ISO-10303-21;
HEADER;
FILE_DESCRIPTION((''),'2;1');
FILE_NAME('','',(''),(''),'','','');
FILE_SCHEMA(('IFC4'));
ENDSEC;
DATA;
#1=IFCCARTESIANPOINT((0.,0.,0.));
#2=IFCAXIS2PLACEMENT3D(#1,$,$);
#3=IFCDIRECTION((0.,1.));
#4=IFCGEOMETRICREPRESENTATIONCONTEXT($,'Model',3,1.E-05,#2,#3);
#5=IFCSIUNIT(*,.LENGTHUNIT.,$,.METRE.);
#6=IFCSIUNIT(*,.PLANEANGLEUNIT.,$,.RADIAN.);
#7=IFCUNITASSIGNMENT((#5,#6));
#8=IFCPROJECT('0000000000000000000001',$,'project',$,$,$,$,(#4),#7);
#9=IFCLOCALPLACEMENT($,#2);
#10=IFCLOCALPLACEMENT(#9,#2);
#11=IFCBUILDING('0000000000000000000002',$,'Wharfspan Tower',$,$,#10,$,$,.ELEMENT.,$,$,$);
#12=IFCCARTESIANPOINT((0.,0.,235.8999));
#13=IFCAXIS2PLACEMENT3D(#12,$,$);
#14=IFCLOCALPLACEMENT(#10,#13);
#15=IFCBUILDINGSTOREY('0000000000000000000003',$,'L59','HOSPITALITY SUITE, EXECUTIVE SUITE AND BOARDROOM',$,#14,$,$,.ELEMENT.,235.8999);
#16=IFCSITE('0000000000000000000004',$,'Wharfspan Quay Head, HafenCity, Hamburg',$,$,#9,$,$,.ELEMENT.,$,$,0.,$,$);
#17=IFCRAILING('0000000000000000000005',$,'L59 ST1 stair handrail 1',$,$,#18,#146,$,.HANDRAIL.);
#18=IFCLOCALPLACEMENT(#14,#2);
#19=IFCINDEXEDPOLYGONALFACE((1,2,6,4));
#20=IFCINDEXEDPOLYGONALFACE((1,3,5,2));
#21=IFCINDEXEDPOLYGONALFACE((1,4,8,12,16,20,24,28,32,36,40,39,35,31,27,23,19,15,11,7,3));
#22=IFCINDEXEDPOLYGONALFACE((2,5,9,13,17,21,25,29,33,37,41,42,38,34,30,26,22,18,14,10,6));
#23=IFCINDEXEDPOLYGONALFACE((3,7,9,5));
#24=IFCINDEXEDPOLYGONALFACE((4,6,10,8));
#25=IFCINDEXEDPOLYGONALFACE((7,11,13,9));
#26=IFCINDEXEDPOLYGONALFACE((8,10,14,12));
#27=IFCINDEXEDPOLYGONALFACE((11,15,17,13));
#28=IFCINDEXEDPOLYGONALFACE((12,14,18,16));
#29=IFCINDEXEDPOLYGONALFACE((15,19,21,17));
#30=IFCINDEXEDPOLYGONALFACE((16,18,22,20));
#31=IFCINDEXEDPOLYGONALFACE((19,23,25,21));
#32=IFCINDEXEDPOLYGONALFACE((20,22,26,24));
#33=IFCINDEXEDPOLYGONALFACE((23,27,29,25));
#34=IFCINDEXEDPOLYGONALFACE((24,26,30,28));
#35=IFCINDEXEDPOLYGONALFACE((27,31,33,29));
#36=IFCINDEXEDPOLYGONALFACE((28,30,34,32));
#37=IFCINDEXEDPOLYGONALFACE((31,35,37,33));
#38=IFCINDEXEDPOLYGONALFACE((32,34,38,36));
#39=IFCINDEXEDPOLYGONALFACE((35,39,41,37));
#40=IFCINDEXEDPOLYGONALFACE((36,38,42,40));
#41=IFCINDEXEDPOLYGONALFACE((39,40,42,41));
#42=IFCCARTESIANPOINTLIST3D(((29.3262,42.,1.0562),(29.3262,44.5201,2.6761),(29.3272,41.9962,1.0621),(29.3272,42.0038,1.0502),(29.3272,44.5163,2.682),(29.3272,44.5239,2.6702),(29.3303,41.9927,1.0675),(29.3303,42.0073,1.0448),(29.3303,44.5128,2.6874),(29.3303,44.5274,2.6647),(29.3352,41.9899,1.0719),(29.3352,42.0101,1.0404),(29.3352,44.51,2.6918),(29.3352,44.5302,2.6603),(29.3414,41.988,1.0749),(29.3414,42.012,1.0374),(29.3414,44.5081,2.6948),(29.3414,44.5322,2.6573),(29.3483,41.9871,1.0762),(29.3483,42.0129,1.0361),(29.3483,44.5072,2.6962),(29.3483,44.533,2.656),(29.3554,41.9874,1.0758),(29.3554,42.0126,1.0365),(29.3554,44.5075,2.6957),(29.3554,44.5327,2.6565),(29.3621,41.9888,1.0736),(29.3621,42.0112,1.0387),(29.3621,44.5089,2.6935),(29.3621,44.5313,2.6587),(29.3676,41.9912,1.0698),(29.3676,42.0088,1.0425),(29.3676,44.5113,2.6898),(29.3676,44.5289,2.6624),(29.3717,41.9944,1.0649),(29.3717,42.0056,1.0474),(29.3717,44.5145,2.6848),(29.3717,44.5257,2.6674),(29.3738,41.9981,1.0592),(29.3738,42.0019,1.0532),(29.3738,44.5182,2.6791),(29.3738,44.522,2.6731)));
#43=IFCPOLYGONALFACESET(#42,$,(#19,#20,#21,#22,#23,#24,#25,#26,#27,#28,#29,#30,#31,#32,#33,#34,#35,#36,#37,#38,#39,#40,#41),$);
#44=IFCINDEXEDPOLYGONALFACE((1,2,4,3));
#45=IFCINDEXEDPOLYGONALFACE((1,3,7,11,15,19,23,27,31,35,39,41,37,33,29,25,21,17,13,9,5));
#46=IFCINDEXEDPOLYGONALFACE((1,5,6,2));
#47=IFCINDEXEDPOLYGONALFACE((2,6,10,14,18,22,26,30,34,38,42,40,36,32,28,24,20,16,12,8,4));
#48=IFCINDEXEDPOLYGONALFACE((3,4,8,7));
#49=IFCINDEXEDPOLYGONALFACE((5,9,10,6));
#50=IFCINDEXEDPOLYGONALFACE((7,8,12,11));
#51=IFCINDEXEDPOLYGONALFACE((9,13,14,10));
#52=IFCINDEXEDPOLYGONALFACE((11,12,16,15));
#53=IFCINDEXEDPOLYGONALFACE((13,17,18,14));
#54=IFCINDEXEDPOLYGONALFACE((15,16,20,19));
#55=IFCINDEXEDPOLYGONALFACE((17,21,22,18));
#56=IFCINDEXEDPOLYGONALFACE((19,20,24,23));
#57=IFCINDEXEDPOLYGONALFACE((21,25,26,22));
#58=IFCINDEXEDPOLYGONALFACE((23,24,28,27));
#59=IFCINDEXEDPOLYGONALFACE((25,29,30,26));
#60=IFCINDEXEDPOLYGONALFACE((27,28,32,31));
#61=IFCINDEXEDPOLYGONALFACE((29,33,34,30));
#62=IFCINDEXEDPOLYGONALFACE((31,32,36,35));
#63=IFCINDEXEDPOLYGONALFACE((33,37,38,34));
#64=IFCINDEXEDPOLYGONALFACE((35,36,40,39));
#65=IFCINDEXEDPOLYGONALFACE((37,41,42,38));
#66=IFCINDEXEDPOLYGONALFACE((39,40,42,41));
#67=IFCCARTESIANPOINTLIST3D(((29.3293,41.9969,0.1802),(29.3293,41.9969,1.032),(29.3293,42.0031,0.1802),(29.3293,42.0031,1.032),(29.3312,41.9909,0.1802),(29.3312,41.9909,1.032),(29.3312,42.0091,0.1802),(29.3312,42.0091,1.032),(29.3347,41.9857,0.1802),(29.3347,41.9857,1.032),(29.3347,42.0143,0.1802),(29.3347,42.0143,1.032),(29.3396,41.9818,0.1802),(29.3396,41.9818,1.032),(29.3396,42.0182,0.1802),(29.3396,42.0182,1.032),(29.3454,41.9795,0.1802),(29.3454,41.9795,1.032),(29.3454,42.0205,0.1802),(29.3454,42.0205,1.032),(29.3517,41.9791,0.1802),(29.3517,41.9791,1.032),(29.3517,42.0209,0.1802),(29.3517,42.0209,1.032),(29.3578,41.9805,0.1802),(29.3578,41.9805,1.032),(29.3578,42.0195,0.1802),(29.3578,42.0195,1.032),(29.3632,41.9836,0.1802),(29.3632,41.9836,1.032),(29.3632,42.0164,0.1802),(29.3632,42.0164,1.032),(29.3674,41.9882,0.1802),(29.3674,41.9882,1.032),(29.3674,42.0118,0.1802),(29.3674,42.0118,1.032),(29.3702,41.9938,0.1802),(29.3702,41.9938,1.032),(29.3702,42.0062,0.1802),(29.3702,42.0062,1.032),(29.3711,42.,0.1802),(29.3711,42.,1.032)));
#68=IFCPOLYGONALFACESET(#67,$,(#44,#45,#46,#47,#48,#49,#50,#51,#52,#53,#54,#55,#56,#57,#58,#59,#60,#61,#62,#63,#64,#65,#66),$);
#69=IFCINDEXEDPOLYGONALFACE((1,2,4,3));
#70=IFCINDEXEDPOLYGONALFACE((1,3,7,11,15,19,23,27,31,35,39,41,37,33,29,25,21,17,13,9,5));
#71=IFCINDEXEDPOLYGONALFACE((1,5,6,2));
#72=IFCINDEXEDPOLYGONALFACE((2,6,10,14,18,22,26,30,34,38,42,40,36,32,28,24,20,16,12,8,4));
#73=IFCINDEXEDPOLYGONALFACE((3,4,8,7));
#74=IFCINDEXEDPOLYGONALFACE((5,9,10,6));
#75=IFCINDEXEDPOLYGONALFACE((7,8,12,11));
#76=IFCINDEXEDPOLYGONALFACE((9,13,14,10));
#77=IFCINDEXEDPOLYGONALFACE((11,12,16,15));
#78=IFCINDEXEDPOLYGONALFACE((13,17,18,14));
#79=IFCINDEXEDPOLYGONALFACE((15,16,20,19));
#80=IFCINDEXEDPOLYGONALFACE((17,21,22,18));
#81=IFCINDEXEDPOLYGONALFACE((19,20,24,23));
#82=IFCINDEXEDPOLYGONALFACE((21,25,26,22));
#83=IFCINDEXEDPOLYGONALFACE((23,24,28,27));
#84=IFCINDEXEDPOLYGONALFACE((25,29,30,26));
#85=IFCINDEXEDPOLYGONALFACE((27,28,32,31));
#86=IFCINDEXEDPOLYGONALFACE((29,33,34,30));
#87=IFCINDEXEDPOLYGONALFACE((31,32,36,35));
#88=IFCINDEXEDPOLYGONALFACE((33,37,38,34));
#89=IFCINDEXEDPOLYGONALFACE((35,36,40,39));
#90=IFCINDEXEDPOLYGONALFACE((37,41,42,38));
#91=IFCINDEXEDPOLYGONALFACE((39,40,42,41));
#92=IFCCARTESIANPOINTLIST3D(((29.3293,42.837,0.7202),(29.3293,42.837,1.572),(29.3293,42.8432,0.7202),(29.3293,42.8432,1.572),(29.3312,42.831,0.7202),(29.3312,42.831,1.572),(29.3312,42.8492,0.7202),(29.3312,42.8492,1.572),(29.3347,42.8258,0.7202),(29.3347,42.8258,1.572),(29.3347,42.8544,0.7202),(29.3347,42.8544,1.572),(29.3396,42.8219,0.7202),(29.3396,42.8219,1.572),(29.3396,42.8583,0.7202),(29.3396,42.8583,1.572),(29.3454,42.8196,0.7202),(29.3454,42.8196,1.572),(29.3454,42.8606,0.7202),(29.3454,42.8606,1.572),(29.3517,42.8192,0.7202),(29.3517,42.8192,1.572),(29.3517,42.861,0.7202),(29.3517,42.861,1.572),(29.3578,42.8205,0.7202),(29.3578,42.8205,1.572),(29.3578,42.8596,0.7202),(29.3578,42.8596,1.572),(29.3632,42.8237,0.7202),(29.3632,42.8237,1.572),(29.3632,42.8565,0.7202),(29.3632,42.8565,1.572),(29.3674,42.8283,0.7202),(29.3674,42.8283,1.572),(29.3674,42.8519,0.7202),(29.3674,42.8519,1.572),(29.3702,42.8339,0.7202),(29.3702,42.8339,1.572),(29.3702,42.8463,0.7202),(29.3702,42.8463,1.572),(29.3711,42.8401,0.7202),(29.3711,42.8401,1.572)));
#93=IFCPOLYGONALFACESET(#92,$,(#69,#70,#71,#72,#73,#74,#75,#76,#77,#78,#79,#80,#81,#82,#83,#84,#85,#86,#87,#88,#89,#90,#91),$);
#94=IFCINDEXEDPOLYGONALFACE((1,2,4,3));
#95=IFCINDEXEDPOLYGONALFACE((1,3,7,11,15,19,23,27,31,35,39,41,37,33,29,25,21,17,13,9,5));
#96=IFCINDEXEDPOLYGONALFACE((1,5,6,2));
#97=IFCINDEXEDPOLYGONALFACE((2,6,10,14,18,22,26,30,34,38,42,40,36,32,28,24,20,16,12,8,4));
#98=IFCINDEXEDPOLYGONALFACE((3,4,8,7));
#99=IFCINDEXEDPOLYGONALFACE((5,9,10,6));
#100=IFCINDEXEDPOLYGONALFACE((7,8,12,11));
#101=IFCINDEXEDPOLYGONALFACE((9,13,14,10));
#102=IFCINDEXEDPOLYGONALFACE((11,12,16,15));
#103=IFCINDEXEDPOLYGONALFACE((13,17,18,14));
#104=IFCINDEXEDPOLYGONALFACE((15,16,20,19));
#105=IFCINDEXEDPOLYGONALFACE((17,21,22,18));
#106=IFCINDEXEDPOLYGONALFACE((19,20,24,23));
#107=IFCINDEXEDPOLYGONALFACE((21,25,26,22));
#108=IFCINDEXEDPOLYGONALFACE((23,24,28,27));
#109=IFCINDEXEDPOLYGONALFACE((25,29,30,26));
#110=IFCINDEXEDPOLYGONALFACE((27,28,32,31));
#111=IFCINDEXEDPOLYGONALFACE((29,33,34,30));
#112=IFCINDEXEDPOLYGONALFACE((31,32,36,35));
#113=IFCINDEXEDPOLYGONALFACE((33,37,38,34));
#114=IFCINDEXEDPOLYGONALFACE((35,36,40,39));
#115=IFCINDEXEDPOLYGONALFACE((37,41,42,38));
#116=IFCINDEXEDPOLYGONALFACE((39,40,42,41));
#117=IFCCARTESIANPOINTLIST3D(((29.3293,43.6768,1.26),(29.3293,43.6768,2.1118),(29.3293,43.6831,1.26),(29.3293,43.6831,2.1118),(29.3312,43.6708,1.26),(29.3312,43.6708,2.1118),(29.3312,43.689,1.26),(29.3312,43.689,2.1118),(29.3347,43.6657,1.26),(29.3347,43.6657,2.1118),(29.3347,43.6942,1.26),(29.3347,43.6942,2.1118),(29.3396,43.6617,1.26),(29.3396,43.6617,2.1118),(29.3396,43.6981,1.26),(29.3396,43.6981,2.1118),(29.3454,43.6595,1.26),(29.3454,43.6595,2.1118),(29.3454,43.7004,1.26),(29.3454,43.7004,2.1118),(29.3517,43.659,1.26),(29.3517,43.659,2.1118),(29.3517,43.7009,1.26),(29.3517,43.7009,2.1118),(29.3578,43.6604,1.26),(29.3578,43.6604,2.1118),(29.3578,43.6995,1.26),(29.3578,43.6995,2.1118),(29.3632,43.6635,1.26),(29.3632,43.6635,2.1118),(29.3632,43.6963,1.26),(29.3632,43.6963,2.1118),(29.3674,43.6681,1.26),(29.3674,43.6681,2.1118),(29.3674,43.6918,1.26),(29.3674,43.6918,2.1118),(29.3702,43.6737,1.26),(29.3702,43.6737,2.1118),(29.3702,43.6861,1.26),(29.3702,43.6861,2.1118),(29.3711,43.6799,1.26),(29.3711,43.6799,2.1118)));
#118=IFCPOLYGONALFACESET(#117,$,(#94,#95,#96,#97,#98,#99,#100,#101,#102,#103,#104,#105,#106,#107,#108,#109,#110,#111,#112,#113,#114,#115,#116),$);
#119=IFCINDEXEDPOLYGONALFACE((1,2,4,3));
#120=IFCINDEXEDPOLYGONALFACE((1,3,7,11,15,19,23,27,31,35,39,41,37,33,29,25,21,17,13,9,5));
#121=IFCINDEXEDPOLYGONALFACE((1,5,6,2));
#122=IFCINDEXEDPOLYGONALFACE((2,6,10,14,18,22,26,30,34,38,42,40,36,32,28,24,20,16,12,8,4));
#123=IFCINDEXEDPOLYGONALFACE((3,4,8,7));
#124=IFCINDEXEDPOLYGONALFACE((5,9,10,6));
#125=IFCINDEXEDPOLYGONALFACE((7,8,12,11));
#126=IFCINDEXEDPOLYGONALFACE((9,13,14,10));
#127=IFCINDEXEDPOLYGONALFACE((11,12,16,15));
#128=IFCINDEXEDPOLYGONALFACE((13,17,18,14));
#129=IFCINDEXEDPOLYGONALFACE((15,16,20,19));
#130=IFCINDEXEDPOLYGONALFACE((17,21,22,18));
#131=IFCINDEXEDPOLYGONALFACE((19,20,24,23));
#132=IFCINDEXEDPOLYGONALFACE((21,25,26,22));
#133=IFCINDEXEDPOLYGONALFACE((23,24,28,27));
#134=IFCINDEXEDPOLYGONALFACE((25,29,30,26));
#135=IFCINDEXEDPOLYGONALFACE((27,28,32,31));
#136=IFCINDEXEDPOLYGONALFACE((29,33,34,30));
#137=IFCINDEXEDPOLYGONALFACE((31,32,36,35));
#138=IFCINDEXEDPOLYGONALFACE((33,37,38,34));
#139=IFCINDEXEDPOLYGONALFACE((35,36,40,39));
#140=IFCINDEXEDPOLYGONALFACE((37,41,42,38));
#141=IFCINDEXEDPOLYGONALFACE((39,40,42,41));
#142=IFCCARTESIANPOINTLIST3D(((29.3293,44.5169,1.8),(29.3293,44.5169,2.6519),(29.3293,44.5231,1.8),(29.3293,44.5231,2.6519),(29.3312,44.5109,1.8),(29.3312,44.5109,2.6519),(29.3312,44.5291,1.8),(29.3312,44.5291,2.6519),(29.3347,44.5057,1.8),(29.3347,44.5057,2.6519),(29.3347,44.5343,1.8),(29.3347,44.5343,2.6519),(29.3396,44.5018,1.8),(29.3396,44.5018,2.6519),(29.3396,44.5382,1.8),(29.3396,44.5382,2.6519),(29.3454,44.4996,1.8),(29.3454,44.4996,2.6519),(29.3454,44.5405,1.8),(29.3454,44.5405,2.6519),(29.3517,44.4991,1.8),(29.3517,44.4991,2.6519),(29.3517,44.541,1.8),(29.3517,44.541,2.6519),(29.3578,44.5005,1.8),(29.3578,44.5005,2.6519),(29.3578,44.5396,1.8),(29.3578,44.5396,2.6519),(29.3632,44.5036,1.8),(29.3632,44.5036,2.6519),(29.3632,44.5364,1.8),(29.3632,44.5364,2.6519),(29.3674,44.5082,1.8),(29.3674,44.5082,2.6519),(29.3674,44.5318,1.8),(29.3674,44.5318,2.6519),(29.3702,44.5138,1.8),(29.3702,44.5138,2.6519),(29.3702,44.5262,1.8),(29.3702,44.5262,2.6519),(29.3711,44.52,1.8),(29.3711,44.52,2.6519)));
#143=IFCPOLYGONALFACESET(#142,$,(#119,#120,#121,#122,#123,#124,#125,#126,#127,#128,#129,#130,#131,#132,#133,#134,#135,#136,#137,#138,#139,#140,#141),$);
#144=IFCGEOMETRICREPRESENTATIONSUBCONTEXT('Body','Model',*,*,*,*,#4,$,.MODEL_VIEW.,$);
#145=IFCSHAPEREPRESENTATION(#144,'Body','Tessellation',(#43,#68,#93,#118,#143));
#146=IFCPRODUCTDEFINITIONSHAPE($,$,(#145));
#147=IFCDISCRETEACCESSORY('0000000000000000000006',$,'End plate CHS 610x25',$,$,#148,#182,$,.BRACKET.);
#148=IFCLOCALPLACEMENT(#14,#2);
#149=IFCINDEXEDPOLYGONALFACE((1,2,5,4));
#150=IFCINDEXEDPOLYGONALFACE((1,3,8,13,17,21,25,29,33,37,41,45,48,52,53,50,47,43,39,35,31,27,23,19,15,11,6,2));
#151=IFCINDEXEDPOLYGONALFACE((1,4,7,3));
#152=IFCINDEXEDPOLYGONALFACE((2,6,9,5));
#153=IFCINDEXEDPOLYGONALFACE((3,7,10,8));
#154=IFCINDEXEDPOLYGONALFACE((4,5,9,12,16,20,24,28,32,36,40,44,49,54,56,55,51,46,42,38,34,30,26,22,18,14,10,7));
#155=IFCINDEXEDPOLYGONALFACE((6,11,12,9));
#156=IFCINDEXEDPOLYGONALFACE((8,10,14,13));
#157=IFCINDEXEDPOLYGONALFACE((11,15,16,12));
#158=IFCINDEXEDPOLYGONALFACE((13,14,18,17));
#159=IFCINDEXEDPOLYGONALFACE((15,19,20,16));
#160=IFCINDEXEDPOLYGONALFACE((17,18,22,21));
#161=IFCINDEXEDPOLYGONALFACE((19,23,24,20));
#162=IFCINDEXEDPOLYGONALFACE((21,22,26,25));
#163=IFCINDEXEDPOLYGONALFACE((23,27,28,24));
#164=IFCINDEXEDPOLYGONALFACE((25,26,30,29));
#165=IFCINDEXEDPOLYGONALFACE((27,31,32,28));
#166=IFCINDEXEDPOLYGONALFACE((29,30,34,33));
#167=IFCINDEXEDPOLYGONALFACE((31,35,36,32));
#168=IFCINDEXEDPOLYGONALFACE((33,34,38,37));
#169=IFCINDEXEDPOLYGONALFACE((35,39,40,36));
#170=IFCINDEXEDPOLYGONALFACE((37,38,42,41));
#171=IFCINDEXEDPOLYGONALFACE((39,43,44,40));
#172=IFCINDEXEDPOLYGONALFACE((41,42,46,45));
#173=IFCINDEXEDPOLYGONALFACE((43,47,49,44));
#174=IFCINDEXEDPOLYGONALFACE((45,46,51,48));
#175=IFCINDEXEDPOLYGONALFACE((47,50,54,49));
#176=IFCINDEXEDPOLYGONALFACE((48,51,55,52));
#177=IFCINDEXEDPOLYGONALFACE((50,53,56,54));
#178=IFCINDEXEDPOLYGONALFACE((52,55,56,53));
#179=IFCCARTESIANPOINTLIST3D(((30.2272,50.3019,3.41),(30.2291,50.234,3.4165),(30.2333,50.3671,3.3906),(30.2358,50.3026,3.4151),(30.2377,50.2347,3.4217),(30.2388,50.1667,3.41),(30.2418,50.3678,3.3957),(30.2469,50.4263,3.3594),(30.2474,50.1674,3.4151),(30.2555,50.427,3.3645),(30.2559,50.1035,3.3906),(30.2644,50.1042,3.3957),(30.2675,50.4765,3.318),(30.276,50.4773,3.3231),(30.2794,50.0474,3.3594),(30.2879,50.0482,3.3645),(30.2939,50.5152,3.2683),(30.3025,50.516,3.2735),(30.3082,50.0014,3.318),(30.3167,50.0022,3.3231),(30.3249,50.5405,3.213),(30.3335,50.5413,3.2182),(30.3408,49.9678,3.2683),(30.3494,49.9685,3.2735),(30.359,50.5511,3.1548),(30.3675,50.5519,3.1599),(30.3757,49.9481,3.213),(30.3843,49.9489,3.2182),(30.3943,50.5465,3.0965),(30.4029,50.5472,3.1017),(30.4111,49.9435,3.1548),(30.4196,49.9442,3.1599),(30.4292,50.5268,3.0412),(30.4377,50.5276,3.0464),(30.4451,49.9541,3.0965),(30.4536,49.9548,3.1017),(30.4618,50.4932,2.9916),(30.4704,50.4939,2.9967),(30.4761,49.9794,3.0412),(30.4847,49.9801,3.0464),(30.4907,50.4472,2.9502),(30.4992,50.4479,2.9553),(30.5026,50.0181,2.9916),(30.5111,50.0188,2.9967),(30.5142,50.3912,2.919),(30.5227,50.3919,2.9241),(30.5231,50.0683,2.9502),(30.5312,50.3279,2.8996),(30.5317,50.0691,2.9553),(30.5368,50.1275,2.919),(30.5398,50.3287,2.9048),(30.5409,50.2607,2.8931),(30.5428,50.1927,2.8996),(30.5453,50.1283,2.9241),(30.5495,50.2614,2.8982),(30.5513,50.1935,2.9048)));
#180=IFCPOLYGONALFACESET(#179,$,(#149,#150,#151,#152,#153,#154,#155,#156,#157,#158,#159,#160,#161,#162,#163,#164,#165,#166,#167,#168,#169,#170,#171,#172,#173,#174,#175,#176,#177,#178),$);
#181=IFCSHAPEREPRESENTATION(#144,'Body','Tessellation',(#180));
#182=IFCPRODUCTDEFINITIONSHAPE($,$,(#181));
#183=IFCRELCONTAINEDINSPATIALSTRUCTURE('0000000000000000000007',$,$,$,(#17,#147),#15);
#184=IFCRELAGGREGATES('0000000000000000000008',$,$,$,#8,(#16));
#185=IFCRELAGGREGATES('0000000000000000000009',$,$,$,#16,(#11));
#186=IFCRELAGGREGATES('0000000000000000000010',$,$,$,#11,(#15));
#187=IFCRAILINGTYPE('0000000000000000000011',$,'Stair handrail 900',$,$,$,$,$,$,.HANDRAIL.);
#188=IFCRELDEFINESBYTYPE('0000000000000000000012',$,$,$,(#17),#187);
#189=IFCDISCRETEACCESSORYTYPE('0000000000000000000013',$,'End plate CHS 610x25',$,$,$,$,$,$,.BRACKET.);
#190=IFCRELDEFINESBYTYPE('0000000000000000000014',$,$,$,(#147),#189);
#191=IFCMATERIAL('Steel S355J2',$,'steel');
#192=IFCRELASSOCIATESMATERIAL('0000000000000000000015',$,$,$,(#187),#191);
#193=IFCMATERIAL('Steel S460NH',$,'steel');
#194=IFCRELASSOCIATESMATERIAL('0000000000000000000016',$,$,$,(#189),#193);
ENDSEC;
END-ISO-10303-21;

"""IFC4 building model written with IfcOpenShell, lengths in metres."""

from ifc_helpers import new_model, si_unit, direction, frame, origin, origin_2d, place, context, subcontext, project, spatial, circle, extrude, material, material_profile, profile_set, type_object, element, save


model = new_model("IFC4")

# Units and contexts
model_context = context("Model", 3, precision=1e-05, world=origin(), true_north=direction((0.0, 1.0)))
body_context = subcontext(model_context, "Body", "Model", "MODEL_VIEW")
ifc_project = project(units=[si_unit("LENGTHUNIT", "METRE"), si_unit("PLANEANGLEUNIT", "RADIAN")], contexts=[model_context])

# Site, building, storey
site_placement = place(None, origin())
site = spatial("IfcSite", under=ifc_project, at=site_placement, Name="Wharfspan Quay Head, HafenCity, Hamburg", CompositionType="ELEMENT", RefElevation=0.0)
building_placement = place(site_placement, origin())
building = spatial("IfcBuilding", under=site, at=building_placement, Name="Wharfspan Tower", CompositionType="ELEMENT")
storey_placement = place(building_placement, frame((0.0, 0.0, 235.8999)))
storey = spatial("IfcBuildingStorey", under=building, at=storey_placement, Name="L59", Description="HOSPITALITY SUITE, EXECUTIVE SUITE AND BOARDROOM", CompositionType="ELEMENT", Elevation=235.8999)

# Shared definitions
ifc_material_1 = material(Name="Steel S355J2", Category="steel")

# Shared definitions
ifc_material_2 = material(Name="Steel S460NH", Category="steel")

# Railing
railing_type_1 = type_object("IfcRailingType", Name="Stair handrail 900", PredefinedType="HANDRAIL", material=ifc_material_1)
railing_1_placement = place(storey_placement, frame((29.3501, 42.0, 0.1802)))
element("IfcRailing", 1, at=railing_1_placement, inside=storey, type_object=railing_type_1, Name="L59 ST1 stair handrail 1", PredefinedType="HANDRAIL", context=body_context, shape_type="SweptSolid", body=[
    extrude(circle(Radius=0.0239, at=origin_2d()), frame((0.0, 0.0, 0.876), z_axis=(0.0, 0.8412, 0.540725), x_axis=(-1.0, 0.0, 0.0)), (0.0, 0.0, 1.0), 2.9958),
    extrude(circle(Radius=0.021, at=origin_2d()), origin(), (0.0, 0.0, 1.0), 0.8518),
    extrude(circle(Radius=0.021, at=origin_2d()), frame((0.0, 0.8401, 0.54)), (0.0, 0.0, 1.0), 0.8518),
    extrude(circle(Radius=0.021, at=origin_2d()), frame((0.0, 1.6799, 1.0798)), (0.0, 0.0, 1.0), 0.8518),
    extrude(circle(Radius=0.021, at=origin_2d()), frame((0.0, 2.52, 1.6199)), (0.0, 0.0, 1.0), 0.8518),
])

# Discrete accessory
ifc_material_profile_1 = material_profile(ifc_material_2, circle(Radius=0.3049, at=origin_2d()))
ifc_profile_set_1 = profile_set([ifc_material_profile_1], Name="Steel S460NH")
discrete_accessory_type = type_object("IfcDiscreteAccessoryType", Name="End plate CHS 610x25", PredefinedType="BRACKET", material=ifc_profile_set_1)
for number, where, z_axis, x_axis, name in (
    (2, (30.385, 50.2473, 3.1548), (0.855186, 0.073302, 0.513112), (-0.085402, 0.996345, 0.000001), "End plate CHS 610x25"),
):
    element("IfcDiscreteAccessory", number, at=place(storey_placement, frame(where, z_axis=z_axis, x_axis=x_axis)), inside=storey, type_object=discrete_accessory_type, Name=name, PredefinedType="BRACKET", context=body_context, shape_type="SweptSolid", body=[
        extrude(circle(Radius=0.3049, at=origin_2d()), origin(), (0.0, 0.0, 1.0), 0.01),
    ])

save(model, "model.ifc")
